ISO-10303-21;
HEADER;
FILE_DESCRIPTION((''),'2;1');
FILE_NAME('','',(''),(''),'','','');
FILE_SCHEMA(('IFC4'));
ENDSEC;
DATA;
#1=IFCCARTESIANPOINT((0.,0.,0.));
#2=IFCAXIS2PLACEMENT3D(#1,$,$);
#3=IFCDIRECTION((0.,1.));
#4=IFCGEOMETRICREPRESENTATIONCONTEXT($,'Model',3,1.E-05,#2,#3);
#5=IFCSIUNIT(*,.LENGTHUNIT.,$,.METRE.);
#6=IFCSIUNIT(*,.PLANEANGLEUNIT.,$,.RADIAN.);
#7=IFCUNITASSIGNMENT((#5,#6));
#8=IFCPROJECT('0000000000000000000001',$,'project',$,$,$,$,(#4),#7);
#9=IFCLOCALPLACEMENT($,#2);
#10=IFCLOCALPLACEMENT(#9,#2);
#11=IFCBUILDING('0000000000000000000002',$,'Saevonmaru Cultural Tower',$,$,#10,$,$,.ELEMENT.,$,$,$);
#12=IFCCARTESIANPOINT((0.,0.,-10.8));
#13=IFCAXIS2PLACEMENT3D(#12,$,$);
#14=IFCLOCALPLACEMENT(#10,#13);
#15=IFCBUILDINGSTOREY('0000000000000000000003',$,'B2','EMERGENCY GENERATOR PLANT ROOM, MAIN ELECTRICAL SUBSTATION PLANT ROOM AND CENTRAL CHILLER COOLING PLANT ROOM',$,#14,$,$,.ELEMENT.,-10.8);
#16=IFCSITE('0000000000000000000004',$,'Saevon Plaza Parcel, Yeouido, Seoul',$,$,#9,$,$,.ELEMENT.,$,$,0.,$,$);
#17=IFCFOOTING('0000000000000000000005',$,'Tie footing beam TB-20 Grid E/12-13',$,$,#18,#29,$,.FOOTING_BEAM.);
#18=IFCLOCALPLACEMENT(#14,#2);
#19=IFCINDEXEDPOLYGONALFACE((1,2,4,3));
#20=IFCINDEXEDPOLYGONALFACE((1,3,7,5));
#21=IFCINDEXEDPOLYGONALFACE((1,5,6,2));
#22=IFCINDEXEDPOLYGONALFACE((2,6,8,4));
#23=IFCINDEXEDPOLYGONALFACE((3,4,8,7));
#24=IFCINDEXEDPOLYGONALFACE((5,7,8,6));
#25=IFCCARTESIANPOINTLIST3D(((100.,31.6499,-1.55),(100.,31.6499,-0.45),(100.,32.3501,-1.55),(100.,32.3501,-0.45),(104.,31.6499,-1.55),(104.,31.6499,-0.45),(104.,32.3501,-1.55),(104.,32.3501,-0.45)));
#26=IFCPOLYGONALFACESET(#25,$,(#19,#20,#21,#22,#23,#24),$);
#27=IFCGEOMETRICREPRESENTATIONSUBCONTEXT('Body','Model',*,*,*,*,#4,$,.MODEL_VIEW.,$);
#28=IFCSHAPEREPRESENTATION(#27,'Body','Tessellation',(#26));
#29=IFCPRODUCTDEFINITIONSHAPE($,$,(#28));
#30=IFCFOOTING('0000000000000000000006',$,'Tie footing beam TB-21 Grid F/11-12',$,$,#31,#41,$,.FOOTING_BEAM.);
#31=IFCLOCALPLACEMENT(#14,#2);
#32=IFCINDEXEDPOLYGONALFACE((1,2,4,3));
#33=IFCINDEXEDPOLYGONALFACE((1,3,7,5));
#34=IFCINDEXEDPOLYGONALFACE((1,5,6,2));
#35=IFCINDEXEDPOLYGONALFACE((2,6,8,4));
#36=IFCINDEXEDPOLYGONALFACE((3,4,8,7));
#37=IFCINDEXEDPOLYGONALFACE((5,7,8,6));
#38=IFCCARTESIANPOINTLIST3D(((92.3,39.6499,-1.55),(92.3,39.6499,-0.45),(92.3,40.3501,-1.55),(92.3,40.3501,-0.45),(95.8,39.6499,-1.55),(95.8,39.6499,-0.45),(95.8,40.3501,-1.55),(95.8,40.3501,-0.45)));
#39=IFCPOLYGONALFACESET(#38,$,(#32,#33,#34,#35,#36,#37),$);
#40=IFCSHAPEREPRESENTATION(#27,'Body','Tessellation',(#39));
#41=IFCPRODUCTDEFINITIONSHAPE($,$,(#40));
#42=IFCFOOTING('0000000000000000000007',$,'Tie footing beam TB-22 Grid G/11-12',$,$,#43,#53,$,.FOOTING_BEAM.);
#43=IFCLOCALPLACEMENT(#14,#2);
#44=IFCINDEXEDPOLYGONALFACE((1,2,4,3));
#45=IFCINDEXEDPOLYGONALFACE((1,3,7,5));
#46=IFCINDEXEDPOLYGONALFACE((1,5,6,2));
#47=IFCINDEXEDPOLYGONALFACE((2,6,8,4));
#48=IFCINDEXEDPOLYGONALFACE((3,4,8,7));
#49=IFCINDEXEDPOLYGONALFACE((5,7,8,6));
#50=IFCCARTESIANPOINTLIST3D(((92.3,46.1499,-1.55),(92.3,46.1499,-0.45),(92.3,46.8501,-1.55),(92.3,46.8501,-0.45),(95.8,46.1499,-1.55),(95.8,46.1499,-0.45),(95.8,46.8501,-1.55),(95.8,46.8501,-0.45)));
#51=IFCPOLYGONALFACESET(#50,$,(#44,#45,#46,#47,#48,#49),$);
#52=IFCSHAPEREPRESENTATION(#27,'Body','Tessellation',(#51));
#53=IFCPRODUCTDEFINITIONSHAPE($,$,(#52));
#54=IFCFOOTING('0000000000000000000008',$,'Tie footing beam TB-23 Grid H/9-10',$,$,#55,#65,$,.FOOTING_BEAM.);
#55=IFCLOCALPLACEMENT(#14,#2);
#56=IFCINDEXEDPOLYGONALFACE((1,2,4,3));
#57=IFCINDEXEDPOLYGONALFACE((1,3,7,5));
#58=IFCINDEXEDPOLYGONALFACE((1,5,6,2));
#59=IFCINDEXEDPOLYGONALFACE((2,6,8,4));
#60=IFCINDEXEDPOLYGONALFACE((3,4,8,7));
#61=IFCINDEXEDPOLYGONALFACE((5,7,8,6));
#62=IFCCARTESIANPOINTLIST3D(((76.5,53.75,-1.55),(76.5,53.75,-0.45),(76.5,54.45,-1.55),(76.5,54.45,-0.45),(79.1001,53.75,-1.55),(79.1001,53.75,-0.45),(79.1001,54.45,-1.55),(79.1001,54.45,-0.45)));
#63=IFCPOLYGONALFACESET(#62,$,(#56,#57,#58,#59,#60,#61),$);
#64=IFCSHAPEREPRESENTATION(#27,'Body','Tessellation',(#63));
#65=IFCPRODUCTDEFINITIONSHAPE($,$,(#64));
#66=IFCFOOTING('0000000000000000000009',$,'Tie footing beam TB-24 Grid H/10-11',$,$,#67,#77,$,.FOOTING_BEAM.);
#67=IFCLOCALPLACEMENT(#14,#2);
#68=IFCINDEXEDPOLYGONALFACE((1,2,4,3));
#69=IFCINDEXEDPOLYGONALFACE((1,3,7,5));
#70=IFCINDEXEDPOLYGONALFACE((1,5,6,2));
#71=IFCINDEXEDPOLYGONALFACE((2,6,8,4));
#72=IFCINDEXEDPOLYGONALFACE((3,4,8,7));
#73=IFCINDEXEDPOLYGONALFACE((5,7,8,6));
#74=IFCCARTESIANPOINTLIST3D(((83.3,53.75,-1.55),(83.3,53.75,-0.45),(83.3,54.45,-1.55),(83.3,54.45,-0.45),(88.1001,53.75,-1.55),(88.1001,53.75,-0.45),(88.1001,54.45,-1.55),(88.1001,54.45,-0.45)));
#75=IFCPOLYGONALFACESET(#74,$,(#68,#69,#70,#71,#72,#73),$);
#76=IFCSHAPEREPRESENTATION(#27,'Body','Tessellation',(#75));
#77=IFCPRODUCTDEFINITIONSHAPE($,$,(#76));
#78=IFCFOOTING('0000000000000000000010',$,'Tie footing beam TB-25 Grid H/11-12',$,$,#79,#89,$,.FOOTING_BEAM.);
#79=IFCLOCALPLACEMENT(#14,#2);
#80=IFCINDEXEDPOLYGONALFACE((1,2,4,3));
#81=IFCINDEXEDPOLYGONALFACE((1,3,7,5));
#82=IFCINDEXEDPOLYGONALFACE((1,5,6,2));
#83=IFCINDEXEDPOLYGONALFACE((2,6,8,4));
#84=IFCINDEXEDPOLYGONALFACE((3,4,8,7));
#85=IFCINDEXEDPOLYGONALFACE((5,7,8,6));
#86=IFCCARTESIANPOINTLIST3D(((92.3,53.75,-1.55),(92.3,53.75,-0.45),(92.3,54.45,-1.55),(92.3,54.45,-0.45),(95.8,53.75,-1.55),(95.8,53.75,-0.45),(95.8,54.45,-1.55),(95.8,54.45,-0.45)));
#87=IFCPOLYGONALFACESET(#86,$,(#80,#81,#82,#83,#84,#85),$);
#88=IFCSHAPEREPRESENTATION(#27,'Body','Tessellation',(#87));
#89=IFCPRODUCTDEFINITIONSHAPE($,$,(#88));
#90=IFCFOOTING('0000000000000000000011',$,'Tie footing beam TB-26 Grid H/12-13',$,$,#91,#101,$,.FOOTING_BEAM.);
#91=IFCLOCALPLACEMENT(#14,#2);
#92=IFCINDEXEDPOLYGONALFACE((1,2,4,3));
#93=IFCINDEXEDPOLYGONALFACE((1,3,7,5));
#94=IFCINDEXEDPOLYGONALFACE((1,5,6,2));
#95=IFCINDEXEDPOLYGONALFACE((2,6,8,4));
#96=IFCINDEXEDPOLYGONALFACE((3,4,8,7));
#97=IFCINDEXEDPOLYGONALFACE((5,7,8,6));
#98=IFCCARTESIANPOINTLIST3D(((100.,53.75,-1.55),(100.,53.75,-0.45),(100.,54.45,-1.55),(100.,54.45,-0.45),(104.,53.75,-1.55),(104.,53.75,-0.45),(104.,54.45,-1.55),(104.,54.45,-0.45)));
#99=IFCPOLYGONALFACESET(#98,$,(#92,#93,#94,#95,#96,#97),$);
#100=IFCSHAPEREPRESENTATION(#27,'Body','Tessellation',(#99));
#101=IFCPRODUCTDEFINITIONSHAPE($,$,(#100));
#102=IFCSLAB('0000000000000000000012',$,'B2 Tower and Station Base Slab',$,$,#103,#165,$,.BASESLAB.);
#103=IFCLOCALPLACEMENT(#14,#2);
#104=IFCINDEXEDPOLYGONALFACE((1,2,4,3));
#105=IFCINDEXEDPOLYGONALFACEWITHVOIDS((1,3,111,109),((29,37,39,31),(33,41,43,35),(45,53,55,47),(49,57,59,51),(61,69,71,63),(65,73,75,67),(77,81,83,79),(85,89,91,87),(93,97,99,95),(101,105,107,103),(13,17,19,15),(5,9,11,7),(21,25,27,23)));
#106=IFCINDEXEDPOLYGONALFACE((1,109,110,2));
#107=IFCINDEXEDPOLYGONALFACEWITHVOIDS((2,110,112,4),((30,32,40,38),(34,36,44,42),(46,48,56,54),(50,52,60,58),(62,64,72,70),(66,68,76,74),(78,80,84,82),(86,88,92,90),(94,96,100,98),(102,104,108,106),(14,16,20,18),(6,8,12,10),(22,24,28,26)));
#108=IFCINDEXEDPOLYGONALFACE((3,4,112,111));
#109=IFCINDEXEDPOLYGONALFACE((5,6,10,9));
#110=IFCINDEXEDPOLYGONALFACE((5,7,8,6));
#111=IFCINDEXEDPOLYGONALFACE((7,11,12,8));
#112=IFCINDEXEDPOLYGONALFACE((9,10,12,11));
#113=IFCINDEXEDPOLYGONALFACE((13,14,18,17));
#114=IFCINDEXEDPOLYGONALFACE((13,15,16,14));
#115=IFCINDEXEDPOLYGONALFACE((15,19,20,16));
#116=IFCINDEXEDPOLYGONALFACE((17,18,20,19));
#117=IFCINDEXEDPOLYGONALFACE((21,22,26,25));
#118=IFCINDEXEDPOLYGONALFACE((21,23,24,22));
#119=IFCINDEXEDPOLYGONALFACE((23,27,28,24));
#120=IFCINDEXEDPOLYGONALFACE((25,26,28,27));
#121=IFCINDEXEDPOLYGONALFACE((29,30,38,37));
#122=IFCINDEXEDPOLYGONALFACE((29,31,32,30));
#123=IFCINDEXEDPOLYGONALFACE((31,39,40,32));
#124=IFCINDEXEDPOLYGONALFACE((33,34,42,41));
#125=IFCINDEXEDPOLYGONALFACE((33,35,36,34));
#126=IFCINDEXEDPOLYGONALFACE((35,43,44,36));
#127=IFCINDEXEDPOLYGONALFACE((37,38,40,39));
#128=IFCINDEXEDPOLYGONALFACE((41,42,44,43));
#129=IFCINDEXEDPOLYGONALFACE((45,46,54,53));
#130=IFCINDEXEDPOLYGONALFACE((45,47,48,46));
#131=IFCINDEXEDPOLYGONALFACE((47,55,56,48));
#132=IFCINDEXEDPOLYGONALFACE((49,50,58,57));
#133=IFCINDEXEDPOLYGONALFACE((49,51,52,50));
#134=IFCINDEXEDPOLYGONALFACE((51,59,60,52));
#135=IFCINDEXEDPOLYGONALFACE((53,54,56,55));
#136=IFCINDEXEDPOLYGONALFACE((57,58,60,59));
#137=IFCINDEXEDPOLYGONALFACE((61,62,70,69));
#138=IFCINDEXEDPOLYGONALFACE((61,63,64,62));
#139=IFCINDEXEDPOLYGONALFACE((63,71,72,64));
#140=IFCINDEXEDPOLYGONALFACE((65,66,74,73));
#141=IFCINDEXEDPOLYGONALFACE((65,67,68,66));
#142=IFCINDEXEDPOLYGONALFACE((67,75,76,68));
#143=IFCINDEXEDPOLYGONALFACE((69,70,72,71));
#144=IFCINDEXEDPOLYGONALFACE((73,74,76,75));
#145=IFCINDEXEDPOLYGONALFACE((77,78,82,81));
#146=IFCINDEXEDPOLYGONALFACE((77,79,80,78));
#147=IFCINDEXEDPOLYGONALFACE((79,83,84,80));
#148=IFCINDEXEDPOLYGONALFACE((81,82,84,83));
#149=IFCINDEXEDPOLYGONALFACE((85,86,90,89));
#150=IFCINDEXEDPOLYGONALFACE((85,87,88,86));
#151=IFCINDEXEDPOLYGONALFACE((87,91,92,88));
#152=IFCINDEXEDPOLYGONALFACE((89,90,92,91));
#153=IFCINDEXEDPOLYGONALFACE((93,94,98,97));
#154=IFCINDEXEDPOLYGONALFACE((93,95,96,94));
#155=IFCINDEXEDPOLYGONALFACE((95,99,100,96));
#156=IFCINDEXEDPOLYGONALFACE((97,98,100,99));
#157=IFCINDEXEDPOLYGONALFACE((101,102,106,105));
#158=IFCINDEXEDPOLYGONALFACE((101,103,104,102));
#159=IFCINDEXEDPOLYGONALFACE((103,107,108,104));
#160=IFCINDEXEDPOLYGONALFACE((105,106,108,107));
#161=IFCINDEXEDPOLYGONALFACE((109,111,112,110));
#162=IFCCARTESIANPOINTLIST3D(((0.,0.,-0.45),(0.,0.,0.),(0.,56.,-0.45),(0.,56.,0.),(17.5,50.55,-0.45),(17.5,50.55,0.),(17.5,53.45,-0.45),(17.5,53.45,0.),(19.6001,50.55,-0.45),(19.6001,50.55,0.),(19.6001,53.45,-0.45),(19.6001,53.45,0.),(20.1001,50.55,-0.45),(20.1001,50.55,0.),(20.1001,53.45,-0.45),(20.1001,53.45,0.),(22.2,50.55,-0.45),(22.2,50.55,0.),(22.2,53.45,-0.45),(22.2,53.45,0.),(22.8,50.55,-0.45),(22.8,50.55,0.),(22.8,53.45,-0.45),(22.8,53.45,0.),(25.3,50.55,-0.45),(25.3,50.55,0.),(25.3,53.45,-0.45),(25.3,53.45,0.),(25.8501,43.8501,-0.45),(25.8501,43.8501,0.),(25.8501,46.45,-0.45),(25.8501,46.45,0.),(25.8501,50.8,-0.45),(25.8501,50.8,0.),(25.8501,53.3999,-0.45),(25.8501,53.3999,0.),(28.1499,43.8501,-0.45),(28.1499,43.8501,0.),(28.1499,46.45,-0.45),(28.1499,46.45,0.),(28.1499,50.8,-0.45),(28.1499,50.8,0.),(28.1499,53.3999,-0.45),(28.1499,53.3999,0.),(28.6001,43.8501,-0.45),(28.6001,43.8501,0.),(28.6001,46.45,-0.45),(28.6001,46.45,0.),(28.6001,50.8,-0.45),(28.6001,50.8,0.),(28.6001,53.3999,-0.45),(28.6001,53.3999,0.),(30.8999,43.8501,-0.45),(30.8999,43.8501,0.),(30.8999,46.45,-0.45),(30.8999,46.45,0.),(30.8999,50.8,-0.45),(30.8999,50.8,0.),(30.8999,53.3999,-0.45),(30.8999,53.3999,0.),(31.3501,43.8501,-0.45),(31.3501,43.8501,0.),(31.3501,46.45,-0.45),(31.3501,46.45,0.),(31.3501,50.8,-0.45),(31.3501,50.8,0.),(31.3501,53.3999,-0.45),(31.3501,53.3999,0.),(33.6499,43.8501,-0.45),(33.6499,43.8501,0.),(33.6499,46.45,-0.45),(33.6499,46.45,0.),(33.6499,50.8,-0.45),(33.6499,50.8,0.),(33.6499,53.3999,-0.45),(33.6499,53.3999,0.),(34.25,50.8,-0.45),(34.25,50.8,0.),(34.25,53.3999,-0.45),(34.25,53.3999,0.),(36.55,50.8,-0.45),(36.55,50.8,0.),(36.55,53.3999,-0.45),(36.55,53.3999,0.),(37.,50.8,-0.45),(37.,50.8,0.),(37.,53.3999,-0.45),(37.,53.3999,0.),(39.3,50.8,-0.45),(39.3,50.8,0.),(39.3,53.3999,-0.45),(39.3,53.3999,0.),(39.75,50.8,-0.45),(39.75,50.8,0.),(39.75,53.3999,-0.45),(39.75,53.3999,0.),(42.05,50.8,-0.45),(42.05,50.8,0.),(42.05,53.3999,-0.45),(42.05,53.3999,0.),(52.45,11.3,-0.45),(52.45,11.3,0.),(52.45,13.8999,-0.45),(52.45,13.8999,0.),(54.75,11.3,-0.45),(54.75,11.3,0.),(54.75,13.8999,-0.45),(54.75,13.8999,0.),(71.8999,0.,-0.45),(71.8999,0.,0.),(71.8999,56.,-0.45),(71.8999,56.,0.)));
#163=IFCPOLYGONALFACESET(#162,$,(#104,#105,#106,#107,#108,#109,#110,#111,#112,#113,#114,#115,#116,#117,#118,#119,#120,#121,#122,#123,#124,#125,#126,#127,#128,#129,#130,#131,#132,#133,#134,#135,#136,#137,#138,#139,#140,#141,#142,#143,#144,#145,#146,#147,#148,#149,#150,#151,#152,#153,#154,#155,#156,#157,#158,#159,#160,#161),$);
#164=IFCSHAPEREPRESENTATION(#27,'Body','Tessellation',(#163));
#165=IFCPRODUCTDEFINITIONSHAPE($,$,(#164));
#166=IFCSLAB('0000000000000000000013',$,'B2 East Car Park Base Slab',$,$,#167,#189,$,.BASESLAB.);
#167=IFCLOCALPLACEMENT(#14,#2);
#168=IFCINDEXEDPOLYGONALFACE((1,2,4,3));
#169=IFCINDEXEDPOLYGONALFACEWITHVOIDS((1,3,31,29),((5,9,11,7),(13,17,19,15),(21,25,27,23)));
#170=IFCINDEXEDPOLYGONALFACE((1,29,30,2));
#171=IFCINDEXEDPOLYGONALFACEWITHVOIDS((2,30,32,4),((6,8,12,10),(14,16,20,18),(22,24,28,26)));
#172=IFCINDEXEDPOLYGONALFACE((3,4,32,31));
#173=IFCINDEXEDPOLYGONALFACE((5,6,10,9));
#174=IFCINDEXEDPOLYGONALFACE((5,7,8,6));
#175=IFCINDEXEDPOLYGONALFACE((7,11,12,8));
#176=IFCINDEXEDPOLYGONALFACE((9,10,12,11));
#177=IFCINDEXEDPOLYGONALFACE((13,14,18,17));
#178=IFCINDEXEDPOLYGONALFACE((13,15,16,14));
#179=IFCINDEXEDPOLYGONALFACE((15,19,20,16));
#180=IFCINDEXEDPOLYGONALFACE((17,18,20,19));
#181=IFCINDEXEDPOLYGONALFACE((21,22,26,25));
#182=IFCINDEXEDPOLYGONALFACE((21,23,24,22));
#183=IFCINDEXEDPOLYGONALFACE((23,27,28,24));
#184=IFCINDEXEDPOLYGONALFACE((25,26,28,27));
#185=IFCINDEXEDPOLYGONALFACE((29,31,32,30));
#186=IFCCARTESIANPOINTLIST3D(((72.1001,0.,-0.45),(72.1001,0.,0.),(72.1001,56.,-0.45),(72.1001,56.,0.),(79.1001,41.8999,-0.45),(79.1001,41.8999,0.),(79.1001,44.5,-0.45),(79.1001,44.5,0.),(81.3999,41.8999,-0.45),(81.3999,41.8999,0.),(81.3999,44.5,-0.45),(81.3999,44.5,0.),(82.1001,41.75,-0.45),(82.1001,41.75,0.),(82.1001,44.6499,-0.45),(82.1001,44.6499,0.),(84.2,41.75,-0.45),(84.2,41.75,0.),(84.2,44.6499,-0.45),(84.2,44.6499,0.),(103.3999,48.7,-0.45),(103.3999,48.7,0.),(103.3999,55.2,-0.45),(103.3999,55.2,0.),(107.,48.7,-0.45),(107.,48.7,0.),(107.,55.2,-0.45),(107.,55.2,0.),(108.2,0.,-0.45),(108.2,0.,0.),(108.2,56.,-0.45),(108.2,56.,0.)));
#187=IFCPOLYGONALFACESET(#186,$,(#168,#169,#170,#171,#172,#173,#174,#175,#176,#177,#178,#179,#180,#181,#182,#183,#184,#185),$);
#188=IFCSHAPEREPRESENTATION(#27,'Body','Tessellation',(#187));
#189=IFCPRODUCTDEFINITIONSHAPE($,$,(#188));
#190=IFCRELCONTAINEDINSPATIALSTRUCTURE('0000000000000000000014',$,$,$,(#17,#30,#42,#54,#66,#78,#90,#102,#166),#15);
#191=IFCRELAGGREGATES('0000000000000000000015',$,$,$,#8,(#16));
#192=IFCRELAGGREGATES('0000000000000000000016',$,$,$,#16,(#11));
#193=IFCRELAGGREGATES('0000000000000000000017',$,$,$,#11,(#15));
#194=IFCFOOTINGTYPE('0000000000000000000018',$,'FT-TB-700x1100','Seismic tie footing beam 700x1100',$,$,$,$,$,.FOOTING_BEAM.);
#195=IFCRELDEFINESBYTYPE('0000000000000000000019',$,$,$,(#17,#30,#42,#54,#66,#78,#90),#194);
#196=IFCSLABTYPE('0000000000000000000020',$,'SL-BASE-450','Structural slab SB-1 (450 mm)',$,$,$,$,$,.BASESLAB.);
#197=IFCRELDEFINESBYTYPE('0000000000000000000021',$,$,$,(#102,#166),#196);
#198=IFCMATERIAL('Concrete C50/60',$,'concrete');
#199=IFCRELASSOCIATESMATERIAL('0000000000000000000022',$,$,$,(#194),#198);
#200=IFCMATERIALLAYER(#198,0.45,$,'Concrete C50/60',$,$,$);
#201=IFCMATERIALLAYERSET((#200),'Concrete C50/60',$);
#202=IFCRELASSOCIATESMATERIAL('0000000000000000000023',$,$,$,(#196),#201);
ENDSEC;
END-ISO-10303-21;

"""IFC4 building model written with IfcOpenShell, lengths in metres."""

from ifc_helpers import new_model, si_unit, direction, frame, origin, place, context, subcontext, project, spatial, polyline, outline, extrude, material, layer, layer_set, type_object, element, save


model = new_model("IFC4")

# Units and contexts
model_context = context("Model", 3, precision=1e-05, world=origin(), true_north=direction((0.0, 1.0)))
body_context = subcontext(model_context, "Body", "Model", "MODEL_VIEW")
ifc_project = project(units=[si_unit("LENGTHUNIT", "METRE"), si_unit("PLANEANGLEUNIT", "RADIAN")], contexts=[model_context])

# Site, building, storey
site_placement = place(None, origin())
site = spatial("IfcSite", under=ifc_project, at=site_placement, Name="Saevon Plaza Parcel, Yeouido, Seoul", CompositionType="ELEMENT", RefElevation=0.0)
building_placement = place(site_placement, origin())
building = spatial("IfcBuilding", under=site, at=building_placement, Name="Saevonmaru Cultural Tower", CompositionType="ELEMENT")
storey_placement = place(building_placement, frame((0.0, 0.0, -10.8)))
storey = spatial("IfcBuildingStorey", under=building, at=storey_placement, Name="B2", Description="EMERGENCY GENERATOR PLANT ROOM, MAIN ELECTRICAL SUBSTATION PLANT ROOM AND CENTRAL CHILLER COOLING PLANT ROOM", CompositionType="ELEMENT", Elevation=-10.8)

# Footings
ifc_material_1 = material(Name="Concrete C50/60", Category="concrete")
footing_type = type_object("IfcFootingType", Name="FT-TB-700x1100", Description="Seismic tie footing beam 700x1100", PredefinedType="FOOTING_BEAM", material=ifc_material_1)
footing_1_placement = place(storey_placement, frame((0.0, 0.0, -1.55)))
element("IfcFooting", 1, at=footing_1_placement, inside=storey, type_object=footing_type, Name="Tie footing beam TB-20 Grid E/12-13", PredefinedType="FOOTING_BEAM", context=body_context, shape_type="SweptSolid", body=[
    extrude(outline(polyline([(100.0, 31.6499), (104.0, 31.6499), (104.0, 32.3501), (100.0, 32.3501), (100.0, 31.6499)])), origin(), (0.0, 0.0, 1.0), 1.1001),
])
footing_2_placement = place(storey_placement, frame((0.0, 0.0, -1.55)))
element("IfcFooting", 2, at=footing_2_placement, inside=storey, type_object=footing_type, Name="Tie footing beam TB-21 Grid F/11-12", PredefinedType="FOOTING_BEAM", context=body_context, shape_type="SweptSolid", body=[
    extrude(outline(polyline([(92.3, 39.6499), (95.8, 39.6499), (95.8, 40.3501), (92.3, 40.3501), (92.3, 39.6499)])), origin(), (0.0, 0.0, 1.0), 1.1001),
])
footing_3_placement = place(storey_placement, frame((0.0, 0.0, -1.55)))
element("IfcFooting", 3, at=footing_3_placement, inside=storey, type_object=footing_type, Name="Tie footing beam TB-22 Grid G/11-12", PredefinedType="FOOTING_BEAM", context=body_context, shape_type="SweptSolid", body=[
    extrude(outline(polyline([(92.3, 46.1499), (95.8, 46.1499), (95.8, 46.8501), (92.3, 46.8501), (92.3, 46.1499)])), origin(), (0.0, 0.0, 1.0), 1.1001),
])
footing_4_placement = place(storey_placement, frame((0.0, 0.0, -1.55)))
element("IfcFooting", 4, at=footing_4_placement, inside=storey, type_object=footing_type, Name="Tie footing beam TB-23 Grid H/9-10", PredefinedType="FOOTING_BEAM", context=body_context, shape_type="SweptSolid", body=[
    extrude(outline(polyline([(76.5, 53.75), (79.1001, 53.75), (79.1001, 54.45), (76.5, 54.45), (76.5, 53.75)])), origin(), (0.0, 0.0, 1.0), 1.1001),
])
footing_5_placement = place(storey_placement, frame((0.0, 0.0, -1.55)))
element("IfcFooting", 5, at=footing_5_placement, inside=storey, type_object=footing_type, Name="Tie footing beam TB-24 Grid H/10-11", PredefinedType="FOOTING_BEAM", context=body_context, shape_type="SweptSolid", body=[
    extrude(outline(polyline([(83.3, 53.75), (88.1001, 53.75), (88.1001, 54.45), (83.3, 54.45), (83.3, 53.75)])), origin(), (0.0, 0.0, 1.0), 1.1001),
])
footing_6_placement = place(storey_placement, frame((0.0, 0.0, -1.55)))
element("IfcFooting", 6, at=footing_6_placement, inside=storey, type_object=footing_type, Name="Tie footing beam TB-25 Grid H/11-12", PredefinedType="FOOTING_BEAM", context=body_context, shape_type="SweptSolid", body=[
    extrude(outline(polyline([(92.3, 53.75), (95.8, 53.75), (95.8, 54.45), (92.3, 54.45), (92.3, 53.75)])), origin(), (0.0, 0.0, 1.0), 1.1001),
])
footing_7_placement = place(storey_placement, frame((0.0, 0.0, -1.55)))
element("IfcFooting", 7, at=footing_7_placement, inside=storey, type_object=footing_type, Name="Tie footing beam TB-26 Grid H/12-13", PredefinedType="FOOTING_BEAM", context=body_context, shape_type="SweptSolid", body=[
    extrude(outline(polyline([(100.0, 53.75), (104.0, 53.75), (104.0, 54.45), (100.0, 54.45), (100.0, 53.75)])), origin(), (0.0, 0.0, 1.0), 1.1001),
])

# Slabs
ifc_layer_1 = layer(ifc_material_1, 0.45, Name="Concrete C50/60")
ifc_layer_set_1 = layer_set([ifc_layer_1], Name="Concrete C50/60")
slab_type_1 = type_object("IfcSlabType", Name="SL-BASE-450", Description="Structural slab SB-1 (450 mm)", PredefinedType="BASESLAB", material=ifc_layer_set_1)
slab_1_placement = place(storey_placement, frame((0.0, 0.0, -0.45)))
element("IfcSlab", 8, at=slab_1_placement, inside=storey, type_object=slab_type_1, Name="B2 Tower and Station Base Slab", PredefinedType="BASESLAB", context=body_context, shape_type="SweptSolid", body=[
    extrude(outline(polyline([(0.0, 0.0), (71.8999, 0.0), (71.8999, 56.0), (0.0, 56.0), (0.0, 0.0)]), holes=[polyline([(52.45, 11.3), (52.45, 13.8999), (54.75, 13.8999), (54.75, 11.3), (52.45, 11.3)]), polyline([(39.75, 50.8), (39.75, 53.3999), (42.05, 53.3999), (42.05, 50.8), (39.75, 50.8)]), polyline([(37.0, 50.8), (37.0, 53.3999), (39.3, 53.3999), (39.3, 50.8), (37.0, 50.8)]), polyline([(34.25, 50.8), (34.25, 53.3999), (36.55, 53.3999), (36.55, 50.8), (34.25, 50.8)]), polyline([(31.3501, 43.8501), (31.3501, 46.45), (33.6499, 46.45), (33.6499, 43.8501), (31.3501, 43.8501)]), polyline([(31.3501, 50.8), (31.3501, 53.3999), (33.6499, 53.3999), (33.6499, 50.8), (31.3501, 50.8)]), polyline([(28.6001, 43.8501), (28.6001, 46.45), (30.8999, 46.45), (30.8999, 43.8501), (28.6001, 43.8501)]), polyline([(30.8999, 50.8), (28.6001, 50.8), (28.6001, 53.3999), (30.8999, 53.3999), (30.8999, 50.8)]), polyline([(28.1499, 43.8501), (25.8501, 43.8501), (25.8501, 46.45), (28.1499, 46.45), (28.1499, 43.8501)]), polyline([(25.8501, 50.8), (25.8501, 53.3999), (28.1499, 53.3999), (28.1499, 50.8), (25.8501, 50.8)]), polyline([(22.8, 50.55), (22.8, 53.45), (25.3, 53.45), (25.3, 50.55), (22.8, 50.55)]), polyline([(22.2, 50.55), (20.1001, 50.55), (20.1001, 53.45), (22.2, 53.45), (22.2, 50.55)]), polyline([(17.5, 50.55), (17.5, 53.45), (19.6001, 53.45), (19.6001, 50.55), (17.5, 50.55)])]), origin(), (0.0, 0.0, 1.0), 0.45),
])
slab_2_placement = place(storey_placement, frame((0.0, 0.0, -0.45)))
element("IfcSlab", 9, at=slab_2_placement, inside=storey, type_object=slab_type_1, Name="B2 East Car Park Base Slab", PredefinedType="BASESLAB", context=body_context, shape_type="SweptSolid", body=[
    extrude(outline(polyline([(72.1001, 0.0), (108.2, 0.0), (108.2, 56.0), (72.1001, 56.0), (72.1001, 0.0)]), holes=[polyline([(107.0, 55.2), (107.0, 48.7), (103.3999, 48.7), (103.3999, 55.2), (107.0, 55.2)]), polyline([(84.2, 44.6499), (84.2, 41.75), (82.1001, 41.75), (82.1001, 44.6499), (84.2, 44.6499)]), polyline([(79.1001, 44.5), (81.3999, 44.5), (81.3999, 41.8999), (79.1001, 41.8999), (79.1001, 44.5)])]), origin(), (0.0, 0.0, 1.0), 0.45),
])

save(model, "model.ifc")
